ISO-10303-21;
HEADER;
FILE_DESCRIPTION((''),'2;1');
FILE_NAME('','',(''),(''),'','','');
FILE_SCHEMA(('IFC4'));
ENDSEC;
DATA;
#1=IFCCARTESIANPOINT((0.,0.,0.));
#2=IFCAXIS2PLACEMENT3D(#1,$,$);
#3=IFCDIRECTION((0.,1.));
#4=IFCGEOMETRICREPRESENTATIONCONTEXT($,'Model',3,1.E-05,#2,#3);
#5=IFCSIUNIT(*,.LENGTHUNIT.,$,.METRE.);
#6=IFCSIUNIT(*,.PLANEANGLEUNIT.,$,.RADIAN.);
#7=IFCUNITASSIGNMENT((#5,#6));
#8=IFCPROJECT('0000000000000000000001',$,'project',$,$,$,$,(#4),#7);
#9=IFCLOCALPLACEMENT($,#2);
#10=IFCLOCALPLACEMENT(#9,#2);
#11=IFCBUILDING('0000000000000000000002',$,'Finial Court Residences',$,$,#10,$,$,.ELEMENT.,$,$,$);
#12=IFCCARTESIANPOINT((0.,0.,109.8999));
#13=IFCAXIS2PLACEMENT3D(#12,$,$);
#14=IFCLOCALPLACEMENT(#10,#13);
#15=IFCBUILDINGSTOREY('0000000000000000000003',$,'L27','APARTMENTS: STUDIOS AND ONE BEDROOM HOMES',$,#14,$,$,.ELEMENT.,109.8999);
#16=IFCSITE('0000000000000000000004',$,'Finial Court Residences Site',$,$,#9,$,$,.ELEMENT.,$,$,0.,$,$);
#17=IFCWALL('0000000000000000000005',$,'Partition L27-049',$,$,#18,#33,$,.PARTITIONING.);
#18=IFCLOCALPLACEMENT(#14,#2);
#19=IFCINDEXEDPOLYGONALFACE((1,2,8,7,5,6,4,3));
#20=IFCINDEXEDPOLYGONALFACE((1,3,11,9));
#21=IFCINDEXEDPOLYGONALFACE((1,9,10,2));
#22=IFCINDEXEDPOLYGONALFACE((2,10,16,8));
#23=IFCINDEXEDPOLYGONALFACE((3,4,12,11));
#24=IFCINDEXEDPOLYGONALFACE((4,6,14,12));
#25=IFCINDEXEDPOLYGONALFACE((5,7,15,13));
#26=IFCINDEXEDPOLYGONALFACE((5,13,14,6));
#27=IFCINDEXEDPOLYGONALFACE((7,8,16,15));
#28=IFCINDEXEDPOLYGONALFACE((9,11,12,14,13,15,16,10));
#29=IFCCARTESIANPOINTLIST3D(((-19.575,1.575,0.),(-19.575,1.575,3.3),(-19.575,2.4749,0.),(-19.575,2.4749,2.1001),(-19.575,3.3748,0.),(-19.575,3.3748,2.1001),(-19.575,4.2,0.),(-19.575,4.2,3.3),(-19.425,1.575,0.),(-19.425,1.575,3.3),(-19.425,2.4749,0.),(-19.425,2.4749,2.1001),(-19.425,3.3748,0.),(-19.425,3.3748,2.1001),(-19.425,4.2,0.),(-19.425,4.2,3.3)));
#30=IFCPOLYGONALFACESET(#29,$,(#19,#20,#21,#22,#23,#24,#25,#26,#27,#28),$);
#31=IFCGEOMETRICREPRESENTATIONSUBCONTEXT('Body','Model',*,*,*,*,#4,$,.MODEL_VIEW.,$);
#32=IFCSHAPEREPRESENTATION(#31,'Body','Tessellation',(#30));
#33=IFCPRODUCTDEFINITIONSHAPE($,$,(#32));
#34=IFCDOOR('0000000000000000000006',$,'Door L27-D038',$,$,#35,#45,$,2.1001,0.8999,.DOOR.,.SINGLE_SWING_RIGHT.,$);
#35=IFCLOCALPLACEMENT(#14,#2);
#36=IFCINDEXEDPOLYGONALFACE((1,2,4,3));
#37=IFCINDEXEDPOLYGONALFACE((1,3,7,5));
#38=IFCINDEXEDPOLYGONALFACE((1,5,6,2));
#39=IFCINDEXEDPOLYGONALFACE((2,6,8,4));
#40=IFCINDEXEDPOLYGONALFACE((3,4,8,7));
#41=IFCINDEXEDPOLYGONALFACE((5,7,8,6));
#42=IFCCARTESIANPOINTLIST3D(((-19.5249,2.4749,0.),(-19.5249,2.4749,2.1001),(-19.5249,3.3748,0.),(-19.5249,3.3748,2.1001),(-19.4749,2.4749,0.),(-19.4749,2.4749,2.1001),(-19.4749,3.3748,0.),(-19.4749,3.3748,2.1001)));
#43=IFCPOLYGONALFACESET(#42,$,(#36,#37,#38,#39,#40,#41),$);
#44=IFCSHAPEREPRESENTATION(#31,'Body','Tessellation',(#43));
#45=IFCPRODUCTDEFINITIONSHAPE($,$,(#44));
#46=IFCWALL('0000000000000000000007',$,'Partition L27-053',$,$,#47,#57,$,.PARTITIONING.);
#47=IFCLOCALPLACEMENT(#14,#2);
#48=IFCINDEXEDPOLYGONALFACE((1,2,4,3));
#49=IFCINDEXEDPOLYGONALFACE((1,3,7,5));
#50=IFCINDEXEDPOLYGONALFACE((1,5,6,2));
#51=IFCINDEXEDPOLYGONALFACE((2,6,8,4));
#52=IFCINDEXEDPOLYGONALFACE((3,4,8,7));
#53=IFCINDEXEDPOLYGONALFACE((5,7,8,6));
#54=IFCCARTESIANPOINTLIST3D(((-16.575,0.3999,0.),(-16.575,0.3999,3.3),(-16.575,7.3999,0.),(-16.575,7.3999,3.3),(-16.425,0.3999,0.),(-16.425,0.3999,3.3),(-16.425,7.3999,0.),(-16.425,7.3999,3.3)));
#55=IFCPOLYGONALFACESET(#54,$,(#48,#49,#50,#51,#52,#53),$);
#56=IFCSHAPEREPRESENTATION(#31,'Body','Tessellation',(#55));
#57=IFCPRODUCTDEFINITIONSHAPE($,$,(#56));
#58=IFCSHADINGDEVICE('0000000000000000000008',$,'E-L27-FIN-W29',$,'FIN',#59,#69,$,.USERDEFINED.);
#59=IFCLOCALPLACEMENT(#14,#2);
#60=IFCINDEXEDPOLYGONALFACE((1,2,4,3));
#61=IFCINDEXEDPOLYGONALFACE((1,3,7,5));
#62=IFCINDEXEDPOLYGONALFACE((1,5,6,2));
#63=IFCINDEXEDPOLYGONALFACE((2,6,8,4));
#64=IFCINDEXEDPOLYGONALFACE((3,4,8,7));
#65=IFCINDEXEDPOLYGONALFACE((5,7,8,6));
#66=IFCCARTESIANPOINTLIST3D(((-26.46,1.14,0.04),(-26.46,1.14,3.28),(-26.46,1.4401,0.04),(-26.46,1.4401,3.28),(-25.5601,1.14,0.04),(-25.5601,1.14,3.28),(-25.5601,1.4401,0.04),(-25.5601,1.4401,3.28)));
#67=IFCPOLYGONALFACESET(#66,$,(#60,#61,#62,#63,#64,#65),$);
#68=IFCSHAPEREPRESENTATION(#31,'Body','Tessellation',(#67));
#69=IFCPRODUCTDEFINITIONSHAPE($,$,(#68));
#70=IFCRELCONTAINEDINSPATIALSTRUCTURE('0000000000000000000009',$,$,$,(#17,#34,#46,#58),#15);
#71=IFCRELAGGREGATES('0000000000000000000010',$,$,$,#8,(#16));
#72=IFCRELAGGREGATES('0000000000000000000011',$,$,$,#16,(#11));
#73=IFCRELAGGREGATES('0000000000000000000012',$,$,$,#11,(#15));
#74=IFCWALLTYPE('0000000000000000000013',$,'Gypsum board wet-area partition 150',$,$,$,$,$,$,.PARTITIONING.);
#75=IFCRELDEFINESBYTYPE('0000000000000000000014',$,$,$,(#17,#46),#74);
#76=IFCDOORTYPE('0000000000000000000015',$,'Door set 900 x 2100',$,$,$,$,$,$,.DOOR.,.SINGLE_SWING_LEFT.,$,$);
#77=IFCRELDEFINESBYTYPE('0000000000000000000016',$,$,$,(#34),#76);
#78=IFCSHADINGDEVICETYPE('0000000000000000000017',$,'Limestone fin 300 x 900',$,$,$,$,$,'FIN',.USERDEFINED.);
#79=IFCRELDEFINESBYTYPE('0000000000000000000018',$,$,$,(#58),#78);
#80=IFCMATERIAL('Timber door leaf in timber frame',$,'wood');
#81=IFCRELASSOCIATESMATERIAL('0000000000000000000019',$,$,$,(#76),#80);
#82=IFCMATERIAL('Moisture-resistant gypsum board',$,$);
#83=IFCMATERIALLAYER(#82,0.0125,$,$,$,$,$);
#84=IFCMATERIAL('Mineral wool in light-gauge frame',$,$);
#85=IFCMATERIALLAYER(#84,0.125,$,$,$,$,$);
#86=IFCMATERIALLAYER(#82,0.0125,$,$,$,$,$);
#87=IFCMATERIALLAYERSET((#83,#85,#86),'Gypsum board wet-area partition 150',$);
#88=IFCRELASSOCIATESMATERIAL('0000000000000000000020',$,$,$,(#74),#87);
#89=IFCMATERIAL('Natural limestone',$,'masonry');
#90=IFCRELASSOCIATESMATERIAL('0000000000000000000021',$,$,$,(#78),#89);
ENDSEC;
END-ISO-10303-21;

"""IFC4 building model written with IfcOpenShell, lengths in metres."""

from ifc_helpers import new_model, si_unit, direction, frame, frame_2d, origin, origin_2d, place, context, subcontext, project, spatial, rectangle, extrude, material, layer, layer_set, type_object, element, fill, save


model = new_model("IFC4")

# Units and contexts
model_context = context("Model", 3, precision=1e-05, world=origin(), true_north=direction((0.0, 1.0)))
body_context = subcontext(model_context, "Body", "Model", "MODEL_VIEW")
ifc_project = project(units=[si_unit("LENGTHUNIT", "METRE"), si_unit("PLANEANGLEUNIT", "RADIAN")], contexts=[model_context])

# Site, building, storey
site_placement = place(None, origin())
site = spatial("IfcSite", under=ifc_project, at=site_placement, Name="Finial Court Residences Site", CompositionType="ELEMENT", RefElevation=0.0)
building_placement = place(site_placement, origin())
building = spatial("IfcBuilding", under=site, at=building_placement, Name="Finial Court Residences", CompositionType="ELEMENT")
storey_placement = place(building_placement, frame((0.0, 0.0, 109.8999)))
storey = spatial("IfcBuildingStorey", under=building, at=storey_placement, Name="L27", Description="APARTMENTS: STUDIOS AND ONE BEDROOM HOMES", CompositionType="ELEMENT", Elevation=109.8999)

# Shared definitions
ifc_material_1 = material(Name="Mineral wool in light-gauge frame")
ifc_material_2 = material(Name="Timber door leaf in timber frame", Category="wood")
door_type = type_object("IfcDoorType", Name="Door set 900 x 2100", OperationType="SINGLE_SWING_LEFT", PredefinedType="DOOR", material=ifc_material_2)

# Shared definitions
ifc_material_3 = material(Name="Moisture-resistant gypsum board")
ifc_layer_1 = layer(ifc_material_3, 0.0125)
ifc_layer_2 = layer(ifc_material_1, 0.125)
ifc_layer_3 = layer(ifc_material_3, 0.0125)
ifc_layer_set_1 = layer_set([ifc_layer_1, ifc_layer_2, ifc_layer_3], Name="Gypsum board wet-area partition 150")
wall_type_1 = type_object("IfcWallType", Name="Gypsum board wet-area partition 150", PredefinedType="PARTITIONING", material=ifc_layer_set_1)

# Wall, opening, door
wall_1_placement = place(storey_placement, frame((-19.5, 1.575, 0.0), z_axis=(0.0, 0.0, 1.0), x_axis=(0.0, 1.0, 0.0)))
wall_1 = element("IfcWall", 1, at=wall_1_placement, inside=storey, type_object=wall_type_1, Name="Partition L27-049", PredefinedType="PARTITIONING", context=body_context, shape_type="SweptSolid", body=[
    extrude(rectangle(XDim=2.625, YDim=0.1499, at=frame_2d((1.3125, 0.0))), origin(), (0.0, 0.0, 1.0), 3.3),
])
opening_1_placement = place(wall_1_placement, frame((0.8999, 0.0, 0.0)))
opening_1 = element("IfcOpeningElement", 2, at=opening_1_placement, cuts=wall_1, PredefinedType="OPENING", context=body_context, shape_type="SweptSolid", body=[
    extrude(rectangle(XDim=0.8999, YDim=2.1001, at=frame_2d((0.45, 1.05))), frame((0.0, 0.085, 0.0), z_axis=(0.0, -1.0, 0.0), x_axis=(1.0, 0.0, 0.0)), (0.0, 0.0, 1.0), 0.1699),
])
door_1_placement = place(opening_1_placement, origin())
door_1 = element("IfcDoor", 3, at=door_1_placement, inside=storey, type_object=door_type, Name="Door L27-D038", OperationType="SINGLE_SWING_RIGHT", OverallHeight=2.1001, OverallWidth=0.8999, PredefinedType="DOOR", context=body_context, shape_type="SweptSolid", body=[
    extrude(rectangle(XDim=0.8999, YDim=2.1001, at=frame_2d((0.45, 1.05))), frame((0.0, 0.0249, 0.0), z_axis=(0.0, -1.0, 0.0), x_axis=(1.0, 0.0, 0.0)), (0.0, 0.0, 1.0), 0.05),
])
fill(opening_1, door_1)

# Wall
wall_2_placement = place(storey_placement, frame((-16.5, 0.3999, 0.0), z_axis=(0.0, 0.0, 1.0), x_axis=(0.0, 1.0, 0.0)))
element("IfcWall", 4, at=wall_2_placement, inside=storey, type_object=wall_type_1, Name="Partition L27-053", PredefinedType="PARTITIONING", context=body_context, shape_type="SweptSolid", body=[
    extrude(rectangle(XDim=7.0, YDim=0.1499, at=frame_2d((3.5, 0.0))), origin(), (0.0, 0.0, 1.0), 3.3),
])

# Shading device
ifc_material_4 = material(Name="Natural limestone", Category="masonry")
shading_device_type = type_object("IfcShadingDeviceType", Name="Limestone fin 300 x 900", ElementType="FIN", PredefinedType="USERDEFINED", material=ifc_material_4)
shading_device_placement = place(storey_placement, frame((-26.01, 1.29, 0.04), z_axis=(0.0, 0.0, 1.0), x_axis=(1.0, 0.0, 0.0)))
element("IfcShadingDevice", 5, at=shading_device_placement, inside=storey, type_object=shading_device_type, Name="E-L27-FIN-W29", ObjectType="FIN", PredefinedType="USERDEFINED", context=body_context, shape_type="SweptSolid", body=[
    extrude(rectangle(XDim=0.8999, YDim=0.3, at=origin_2d()), origin(), (0.0, 0.0, 1.0), 3.24),
])

save(model, "model.ifc")
